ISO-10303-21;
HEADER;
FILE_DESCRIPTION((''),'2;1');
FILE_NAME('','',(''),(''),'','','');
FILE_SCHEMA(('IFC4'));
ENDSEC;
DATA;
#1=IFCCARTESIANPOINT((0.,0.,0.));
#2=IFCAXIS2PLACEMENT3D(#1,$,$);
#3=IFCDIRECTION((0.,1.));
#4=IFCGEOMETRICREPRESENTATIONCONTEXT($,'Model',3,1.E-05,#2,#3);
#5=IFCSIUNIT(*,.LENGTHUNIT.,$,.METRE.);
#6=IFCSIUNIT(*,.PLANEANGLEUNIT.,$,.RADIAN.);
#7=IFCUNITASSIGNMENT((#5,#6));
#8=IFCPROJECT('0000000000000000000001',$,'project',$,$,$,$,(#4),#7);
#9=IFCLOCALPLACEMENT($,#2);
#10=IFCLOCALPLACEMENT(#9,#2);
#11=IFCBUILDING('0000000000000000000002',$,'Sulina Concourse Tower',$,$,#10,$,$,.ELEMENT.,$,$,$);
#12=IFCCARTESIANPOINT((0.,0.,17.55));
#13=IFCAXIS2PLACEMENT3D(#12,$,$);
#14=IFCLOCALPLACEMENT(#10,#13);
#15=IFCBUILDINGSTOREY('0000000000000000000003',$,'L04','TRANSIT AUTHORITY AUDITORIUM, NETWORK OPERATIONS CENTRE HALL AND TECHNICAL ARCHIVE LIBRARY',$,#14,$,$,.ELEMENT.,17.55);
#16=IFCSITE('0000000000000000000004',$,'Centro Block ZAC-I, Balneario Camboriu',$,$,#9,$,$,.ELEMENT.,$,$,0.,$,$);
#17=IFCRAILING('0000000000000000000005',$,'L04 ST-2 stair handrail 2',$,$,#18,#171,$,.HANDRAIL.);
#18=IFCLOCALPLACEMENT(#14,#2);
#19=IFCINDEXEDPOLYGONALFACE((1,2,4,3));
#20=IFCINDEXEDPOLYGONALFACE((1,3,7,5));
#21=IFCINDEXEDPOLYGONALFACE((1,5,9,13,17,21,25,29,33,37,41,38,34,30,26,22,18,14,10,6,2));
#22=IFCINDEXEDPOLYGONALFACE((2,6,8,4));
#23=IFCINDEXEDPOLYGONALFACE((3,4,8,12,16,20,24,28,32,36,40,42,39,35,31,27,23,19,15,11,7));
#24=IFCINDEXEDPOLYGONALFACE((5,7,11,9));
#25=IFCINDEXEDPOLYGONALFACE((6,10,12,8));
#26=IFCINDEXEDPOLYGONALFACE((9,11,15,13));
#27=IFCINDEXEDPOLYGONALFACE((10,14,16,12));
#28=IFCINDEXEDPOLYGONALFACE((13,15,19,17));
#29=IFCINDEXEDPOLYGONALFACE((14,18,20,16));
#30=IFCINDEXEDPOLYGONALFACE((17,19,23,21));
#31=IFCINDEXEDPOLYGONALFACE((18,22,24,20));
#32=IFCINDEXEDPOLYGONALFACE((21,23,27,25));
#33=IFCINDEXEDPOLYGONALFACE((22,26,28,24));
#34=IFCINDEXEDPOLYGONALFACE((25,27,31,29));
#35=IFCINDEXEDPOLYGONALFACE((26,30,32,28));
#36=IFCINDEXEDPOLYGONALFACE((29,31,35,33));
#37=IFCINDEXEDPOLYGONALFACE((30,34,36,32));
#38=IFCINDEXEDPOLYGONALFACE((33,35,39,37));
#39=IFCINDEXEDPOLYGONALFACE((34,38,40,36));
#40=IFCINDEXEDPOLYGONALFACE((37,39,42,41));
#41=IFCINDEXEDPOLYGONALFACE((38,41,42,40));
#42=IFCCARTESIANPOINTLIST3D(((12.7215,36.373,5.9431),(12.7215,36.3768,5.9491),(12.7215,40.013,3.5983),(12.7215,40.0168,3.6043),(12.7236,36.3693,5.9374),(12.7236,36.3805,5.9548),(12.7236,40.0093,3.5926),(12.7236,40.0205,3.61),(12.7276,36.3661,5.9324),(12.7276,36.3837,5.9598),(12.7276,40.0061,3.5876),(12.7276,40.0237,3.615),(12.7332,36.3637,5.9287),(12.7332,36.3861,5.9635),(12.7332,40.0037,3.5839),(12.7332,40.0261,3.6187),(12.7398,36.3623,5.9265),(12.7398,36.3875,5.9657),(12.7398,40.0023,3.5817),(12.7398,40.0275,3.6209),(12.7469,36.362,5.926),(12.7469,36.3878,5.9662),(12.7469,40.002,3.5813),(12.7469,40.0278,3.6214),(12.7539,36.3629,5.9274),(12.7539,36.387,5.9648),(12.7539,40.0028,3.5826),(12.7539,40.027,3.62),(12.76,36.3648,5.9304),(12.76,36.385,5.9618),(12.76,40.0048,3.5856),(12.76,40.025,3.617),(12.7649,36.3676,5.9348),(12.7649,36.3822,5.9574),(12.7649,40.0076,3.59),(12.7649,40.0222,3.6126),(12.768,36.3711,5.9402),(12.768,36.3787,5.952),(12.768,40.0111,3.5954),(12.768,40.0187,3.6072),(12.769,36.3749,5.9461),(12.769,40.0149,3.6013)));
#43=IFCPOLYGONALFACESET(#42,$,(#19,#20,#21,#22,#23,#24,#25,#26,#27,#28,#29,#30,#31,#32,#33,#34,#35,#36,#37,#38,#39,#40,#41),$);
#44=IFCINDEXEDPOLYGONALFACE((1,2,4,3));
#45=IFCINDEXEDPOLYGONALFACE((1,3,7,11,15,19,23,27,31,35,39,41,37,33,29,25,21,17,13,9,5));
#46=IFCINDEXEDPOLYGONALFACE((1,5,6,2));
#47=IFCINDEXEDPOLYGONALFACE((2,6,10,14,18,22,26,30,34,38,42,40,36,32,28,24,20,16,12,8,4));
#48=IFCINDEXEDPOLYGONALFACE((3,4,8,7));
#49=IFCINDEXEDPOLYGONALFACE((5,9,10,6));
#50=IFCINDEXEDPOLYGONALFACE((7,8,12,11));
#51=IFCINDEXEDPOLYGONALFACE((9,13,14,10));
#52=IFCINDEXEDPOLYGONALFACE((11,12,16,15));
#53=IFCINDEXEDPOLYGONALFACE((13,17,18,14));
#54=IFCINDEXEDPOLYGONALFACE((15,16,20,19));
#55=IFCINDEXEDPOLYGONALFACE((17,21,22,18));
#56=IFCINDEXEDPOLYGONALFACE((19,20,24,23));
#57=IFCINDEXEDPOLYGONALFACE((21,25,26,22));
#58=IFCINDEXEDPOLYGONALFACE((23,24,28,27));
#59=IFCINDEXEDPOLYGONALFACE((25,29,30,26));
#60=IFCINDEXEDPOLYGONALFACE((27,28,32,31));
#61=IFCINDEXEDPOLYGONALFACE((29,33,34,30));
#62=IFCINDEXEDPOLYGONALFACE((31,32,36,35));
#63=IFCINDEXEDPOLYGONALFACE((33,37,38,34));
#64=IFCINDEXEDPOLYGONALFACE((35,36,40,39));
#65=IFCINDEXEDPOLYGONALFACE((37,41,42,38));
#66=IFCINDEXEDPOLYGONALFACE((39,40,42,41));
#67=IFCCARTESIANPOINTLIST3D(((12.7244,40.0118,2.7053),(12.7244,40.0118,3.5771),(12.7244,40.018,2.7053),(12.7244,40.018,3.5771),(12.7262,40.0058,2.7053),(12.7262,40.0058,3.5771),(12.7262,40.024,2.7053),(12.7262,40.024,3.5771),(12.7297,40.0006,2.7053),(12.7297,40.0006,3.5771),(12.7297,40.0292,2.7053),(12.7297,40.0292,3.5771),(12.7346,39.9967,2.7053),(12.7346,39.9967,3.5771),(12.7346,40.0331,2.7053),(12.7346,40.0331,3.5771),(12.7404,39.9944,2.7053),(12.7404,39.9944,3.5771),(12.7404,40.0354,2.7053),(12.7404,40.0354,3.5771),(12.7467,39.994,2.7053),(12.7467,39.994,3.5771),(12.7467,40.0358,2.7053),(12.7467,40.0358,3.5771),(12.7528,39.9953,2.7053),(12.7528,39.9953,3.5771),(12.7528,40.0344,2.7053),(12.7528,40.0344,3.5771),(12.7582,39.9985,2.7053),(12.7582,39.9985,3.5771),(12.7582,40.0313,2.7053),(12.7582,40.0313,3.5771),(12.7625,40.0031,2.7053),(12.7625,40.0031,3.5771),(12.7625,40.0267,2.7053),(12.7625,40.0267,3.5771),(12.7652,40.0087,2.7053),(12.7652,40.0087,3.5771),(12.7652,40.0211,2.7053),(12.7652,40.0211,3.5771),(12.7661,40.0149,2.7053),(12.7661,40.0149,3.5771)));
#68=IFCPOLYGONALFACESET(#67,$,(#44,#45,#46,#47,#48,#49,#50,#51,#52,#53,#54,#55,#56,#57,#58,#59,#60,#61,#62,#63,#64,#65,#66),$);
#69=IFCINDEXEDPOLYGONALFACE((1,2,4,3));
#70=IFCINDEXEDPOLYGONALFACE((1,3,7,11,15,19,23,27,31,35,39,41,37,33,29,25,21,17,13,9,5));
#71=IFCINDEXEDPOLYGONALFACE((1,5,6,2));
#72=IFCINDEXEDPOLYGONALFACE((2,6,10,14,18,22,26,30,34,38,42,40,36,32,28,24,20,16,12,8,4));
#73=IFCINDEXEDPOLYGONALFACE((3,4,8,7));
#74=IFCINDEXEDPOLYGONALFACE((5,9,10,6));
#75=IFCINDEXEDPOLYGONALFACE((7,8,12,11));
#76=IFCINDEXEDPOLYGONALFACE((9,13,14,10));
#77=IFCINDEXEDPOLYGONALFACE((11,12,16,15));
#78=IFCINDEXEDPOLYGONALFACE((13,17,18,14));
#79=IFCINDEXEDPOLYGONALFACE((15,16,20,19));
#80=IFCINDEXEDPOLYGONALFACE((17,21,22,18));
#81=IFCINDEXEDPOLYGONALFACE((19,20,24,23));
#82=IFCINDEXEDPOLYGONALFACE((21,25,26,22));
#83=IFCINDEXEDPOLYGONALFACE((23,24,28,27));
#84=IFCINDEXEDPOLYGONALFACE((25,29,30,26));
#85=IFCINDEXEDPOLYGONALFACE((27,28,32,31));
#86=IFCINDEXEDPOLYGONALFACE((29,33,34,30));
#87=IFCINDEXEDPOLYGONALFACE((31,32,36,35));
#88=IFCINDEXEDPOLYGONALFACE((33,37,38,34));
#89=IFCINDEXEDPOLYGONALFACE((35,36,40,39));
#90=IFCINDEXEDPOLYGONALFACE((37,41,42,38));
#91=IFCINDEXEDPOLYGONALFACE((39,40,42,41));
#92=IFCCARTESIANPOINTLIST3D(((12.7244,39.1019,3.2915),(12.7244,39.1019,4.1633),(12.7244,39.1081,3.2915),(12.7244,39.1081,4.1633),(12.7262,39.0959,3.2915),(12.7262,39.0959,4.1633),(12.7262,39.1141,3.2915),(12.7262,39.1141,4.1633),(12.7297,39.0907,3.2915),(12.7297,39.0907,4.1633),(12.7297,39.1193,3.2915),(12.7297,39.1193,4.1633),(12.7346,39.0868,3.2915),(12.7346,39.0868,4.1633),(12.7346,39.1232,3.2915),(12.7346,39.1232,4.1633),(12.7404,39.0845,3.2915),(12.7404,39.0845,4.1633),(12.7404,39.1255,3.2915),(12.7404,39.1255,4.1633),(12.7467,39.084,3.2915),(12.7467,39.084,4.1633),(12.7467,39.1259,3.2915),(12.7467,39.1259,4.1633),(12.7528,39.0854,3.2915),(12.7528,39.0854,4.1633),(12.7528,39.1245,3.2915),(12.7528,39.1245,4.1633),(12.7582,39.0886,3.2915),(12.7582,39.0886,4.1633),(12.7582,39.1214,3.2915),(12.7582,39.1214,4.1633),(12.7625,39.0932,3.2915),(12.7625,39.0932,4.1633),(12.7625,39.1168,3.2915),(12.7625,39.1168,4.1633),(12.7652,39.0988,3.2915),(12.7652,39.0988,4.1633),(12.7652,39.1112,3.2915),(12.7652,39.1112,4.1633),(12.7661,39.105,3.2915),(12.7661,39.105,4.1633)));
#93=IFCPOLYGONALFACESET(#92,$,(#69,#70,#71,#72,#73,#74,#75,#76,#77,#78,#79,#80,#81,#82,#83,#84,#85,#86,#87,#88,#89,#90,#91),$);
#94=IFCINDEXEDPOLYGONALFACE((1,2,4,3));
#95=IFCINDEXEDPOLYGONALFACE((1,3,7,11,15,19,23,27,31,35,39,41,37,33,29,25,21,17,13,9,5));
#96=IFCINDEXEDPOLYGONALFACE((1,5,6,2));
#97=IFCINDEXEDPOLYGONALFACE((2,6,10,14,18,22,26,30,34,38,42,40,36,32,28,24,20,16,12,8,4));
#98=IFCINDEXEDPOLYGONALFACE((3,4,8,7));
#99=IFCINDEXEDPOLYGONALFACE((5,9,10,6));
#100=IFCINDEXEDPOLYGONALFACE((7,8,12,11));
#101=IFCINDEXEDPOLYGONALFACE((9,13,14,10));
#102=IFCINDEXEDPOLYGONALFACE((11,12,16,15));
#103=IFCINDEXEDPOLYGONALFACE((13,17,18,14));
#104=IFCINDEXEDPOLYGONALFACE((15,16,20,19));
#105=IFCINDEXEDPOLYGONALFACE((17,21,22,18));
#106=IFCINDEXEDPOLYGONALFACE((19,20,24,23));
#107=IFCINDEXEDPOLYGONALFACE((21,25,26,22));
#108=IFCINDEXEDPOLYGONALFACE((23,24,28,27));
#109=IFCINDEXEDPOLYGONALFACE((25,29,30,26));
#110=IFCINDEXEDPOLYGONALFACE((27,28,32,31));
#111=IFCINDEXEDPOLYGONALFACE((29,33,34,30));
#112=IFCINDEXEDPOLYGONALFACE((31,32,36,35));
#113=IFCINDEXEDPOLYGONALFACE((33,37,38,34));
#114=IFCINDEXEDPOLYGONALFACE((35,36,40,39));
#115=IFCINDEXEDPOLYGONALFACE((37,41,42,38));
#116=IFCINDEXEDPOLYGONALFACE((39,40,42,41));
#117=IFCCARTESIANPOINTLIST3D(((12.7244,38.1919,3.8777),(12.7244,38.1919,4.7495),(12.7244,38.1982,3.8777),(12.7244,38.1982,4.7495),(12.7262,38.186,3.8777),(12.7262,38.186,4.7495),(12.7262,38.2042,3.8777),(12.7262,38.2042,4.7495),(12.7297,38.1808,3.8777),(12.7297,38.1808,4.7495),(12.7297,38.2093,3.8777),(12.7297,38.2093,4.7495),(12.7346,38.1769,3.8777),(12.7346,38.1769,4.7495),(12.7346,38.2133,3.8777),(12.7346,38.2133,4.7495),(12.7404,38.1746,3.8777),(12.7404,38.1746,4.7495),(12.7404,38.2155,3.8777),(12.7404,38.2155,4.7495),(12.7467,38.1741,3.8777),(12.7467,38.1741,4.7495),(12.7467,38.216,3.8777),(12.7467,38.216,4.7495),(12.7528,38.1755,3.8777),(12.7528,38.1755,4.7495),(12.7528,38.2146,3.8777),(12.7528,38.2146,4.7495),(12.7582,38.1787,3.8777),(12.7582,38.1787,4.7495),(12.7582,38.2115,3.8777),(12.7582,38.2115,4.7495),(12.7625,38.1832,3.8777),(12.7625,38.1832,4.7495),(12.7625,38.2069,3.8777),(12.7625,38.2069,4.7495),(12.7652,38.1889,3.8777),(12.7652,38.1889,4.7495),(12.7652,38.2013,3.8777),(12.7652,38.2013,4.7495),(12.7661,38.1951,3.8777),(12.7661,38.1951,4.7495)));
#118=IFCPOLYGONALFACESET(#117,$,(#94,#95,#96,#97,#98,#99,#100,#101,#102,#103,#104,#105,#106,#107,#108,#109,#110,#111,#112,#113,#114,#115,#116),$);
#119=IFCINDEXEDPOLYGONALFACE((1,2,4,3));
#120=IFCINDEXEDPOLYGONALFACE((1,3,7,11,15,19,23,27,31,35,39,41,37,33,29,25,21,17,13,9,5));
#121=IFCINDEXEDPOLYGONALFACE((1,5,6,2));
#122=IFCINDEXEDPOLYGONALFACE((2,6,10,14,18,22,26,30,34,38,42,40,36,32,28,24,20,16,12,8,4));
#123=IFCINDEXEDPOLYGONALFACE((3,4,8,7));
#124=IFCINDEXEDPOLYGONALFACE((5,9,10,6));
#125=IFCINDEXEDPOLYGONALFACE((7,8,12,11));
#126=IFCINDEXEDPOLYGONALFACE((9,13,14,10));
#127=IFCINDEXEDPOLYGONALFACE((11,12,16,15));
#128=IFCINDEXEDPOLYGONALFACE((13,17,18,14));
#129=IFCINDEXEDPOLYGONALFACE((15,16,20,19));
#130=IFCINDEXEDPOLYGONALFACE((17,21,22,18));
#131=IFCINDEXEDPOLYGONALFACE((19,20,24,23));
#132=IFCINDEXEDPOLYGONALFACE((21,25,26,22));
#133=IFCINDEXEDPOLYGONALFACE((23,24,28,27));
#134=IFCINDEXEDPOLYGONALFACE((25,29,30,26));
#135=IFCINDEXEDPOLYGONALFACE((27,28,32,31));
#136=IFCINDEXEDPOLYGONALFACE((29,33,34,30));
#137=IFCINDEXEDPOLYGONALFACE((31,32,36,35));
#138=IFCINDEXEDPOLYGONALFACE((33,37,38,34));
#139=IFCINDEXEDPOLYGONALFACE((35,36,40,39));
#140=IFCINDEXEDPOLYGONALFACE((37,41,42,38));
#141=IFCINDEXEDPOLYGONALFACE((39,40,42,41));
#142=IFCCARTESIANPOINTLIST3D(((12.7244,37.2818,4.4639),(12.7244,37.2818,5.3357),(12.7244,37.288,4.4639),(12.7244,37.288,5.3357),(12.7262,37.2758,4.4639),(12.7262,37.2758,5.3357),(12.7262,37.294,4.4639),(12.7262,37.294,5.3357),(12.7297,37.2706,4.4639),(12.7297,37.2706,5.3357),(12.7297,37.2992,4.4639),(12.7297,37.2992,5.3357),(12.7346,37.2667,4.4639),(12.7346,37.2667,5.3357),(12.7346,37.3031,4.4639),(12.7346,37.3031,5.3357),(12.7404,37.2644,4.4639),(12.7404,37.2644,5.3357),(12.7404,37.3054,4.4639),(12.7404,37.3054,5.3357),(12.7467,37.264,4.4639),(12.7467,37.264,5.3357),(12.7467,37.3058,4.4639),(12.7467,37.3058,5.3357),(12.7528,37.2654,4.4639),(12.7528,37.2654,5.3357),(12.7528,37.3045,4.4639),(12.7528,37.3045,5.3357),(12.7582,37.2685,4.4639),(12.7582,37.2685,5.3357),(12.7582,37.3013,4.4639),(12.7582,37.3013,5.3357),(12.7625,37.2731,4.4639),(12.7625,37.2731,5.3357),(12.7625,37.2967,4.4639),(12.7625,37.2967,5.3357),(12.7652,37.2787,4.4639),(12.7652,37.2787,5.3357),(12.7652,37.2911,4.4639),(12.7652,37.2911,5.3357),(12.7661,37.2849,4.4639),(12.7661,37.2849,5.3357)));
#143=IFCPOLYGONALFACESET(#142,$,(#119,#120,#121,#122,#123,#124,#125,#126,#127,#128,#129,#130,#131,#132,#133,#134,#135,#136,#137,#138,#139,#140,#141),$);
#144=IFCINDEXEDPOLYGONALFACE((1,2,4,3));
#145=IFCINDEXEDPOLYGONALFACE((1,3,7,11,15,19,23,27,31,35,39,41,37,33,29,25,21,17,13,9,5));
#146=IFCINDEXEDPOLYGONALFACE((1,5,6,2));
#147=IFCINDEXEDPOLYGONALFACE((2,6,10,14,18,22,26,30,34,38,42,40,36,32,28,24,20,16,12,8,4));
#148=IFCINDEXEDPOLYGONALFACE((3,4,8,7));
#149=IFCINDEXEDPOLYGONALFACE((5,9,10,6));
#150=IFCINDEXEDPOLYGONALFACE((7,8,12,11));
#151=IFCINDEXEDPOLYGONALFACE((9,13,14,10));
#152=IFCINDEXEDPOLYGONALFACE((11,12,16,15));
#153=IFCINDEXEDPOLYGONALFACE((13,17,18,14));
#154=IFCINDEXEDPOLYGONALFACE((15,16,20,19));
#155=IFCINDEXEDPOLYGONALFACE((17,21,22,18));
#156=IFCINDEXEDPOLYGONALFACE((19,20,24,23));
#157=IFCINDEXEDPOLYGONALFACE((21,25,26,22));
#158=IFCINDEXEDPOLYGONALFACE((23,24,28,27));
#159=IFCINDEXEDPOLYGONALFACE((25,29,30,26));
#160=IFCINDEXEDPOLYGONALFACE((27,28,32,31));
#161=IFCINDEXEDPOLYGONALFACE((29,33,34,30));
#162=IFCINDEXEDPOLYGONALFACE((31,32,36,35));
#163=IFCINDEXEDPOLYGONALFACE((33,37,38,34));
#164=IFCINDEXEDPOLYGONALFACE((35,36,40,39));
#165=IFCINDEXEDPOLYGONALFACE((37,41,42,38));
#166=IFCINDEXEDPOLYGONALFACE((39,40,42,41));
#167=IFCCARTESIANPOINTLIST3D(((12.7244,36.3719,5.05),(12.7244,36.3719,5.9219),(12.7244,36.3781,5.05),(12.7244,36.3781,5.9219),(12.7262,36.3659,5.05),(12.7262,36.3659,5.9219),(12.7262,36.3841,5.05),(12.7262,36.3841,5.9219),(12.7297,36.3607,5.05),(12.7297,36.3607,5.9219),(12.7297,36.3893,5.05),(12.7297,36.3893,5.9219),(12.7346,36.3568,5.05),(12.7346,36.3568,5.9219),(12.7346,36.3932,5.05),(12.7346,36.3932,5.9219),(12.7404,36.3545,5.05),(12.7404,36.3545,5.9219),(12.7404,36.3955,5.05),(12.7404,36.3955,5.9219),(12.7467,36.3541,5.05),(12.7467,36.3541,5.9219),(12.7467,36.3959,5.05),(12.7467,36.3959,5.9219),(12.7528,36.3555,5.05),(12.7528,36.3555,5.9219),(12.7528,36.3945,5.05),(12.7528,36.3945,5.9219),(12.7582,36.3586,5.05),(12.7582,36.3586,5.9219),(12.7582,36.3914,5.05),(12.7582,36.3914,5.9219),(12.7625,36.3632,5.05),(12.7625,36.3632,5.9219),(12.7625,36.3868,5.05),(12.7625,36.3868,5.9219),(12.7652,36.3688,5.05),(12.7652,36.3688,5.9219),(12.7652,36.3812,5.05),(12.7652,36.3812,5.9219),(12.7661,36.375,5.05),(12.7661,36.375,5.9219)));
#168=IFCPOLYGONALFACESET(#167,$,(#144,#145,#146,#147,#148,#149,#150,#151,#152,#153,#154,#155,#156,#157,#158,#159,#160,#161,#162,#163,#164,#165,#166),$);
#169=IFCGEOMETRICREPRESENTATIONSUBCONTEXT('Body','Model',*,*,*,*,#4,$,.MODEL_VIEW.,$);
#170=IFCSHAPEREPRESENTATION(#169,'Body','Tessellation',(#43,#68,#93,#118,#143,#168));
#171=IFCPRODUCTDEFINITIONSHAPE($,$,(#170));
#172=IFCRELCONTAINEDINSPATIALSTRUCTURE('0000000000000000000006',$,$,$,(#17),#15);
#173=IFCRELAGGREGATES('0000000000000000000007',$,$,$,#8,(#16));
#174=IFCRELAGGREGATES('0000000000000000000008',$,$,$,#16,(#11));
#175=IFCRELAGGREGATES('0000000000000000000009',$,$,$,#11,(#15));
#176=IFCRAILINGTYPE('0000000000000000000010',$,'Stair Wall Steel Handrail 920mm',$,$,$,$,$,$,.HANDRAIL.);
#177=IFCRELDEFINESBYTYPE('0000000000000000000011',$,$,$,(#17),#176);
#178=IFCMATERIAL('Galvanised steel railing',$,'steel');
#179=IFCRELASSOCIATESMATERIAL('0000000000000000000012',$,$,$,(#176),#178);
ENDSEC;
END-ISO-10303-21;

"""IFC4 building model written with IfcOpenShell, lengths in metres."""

from ifc_helpers import new_model, si_unit, direction, frame, origin, origin_2d, place, context, subcontext, project, spatial, circle, extrude, material, type_object, element, save


model = new_model("IFC4")

# Units and contexts
model_context = context("Model", 3, precision=1e-05, world=origin(), true_north=direction((0.0, 1.0)))
body_context = subcontext(model_context, "Body", "Model", "MODEL_VIEW")
ifc_project = project(units=[si_unit("LENGTHUNIT", "METRE"), si_unit("PLANEANGLEUNIT", "RADIAN")], contexts=[model_context])

# Site, building, storey
site_placement = place(None, origin())
site = spatial("IfcSite", under=ifc_project, at=site_placement, Name="Centro Block ZAC-I, Balneario Camboriu", CompositionType="ELEMENT", RefElevation=0.0)
building_placement = place(site_placement, origin())
building = spatial("IfcBuilding", under=site, at=building_placement, Name="Sulina Concourse Tower", CompositionType="ELEMENT")
storey_placement = place(building_placement, frame((0.0, 0.0, 17.55)))
storey = spatial("IfcBuildingStorey", under=building, at=storey_placement, Name="L04", Description="TRANSIT AUTHORITY AUDITORIUM, NETWORK OPERATIONS CENTRE HALL AND TECHNICAL ARCHIVE LIBRARY", CompositionType="ELEMENT", Elevation=17.55)

# Railing
ifc_material_1 = material(Name="Galvanised steel railing", Category="steel")
railing_type_1 = type_object("IfcRailingType", Name="Stair Wall Steel Handrail 920mm", PredefinedType="HANDRAIL", material=ifc_material_1)
railing_1_placement = place(storey_placement, frame((12.7451, 40.0149, 2.7053)))
element("IfcRailing", 1, at=railing_1_placement, inside=storey, type_object=railing_type_1, Name="L04 ST-2 stair handrail 2", PredefinedType="HANDRAIL", context=body_context, shape_type="SweptSolid", body=[
    extrude(circle(Radius=0.0239, at=origin_2d()), frame((0.0, 0.0, 0.896), z_axis=(0.0, -0.840674, 0.541541), x_axis=(1.0, 0.0, 0.0)), (0.0, 0.0, 1.0), 4.3298),
    extrude(circle(Radius=0.021, at=origin_2d()), origin(), (0.0, 0.0, 1.0), 0.8718),
    extrude(circle(Radius=0.021, at=origin_2d()), frame((0.0, -0.9099, 0.5862)), (0.0, 0.0, 1.0), 0.8718),
    extrude(circle(Radius=0.021, at=origin_2d()), frame((0.0, -1.8198, 1.1724)), (0.0, 0.0, 1.0), 0.8718),
    extrude(circle(Radius=0.021, at=origin_2d()), frame((0.0, -2.73, 1.7585)), (0.0, 0.0, 1.0), 0.8718),
    extrude(circle(Radius=0.021, at=origin_2d()), frame((0.0, -3.6399, 2.3447)), (0.0, 0.0, 1.0), 0.8718),
])

save(model, "model.ifc")
